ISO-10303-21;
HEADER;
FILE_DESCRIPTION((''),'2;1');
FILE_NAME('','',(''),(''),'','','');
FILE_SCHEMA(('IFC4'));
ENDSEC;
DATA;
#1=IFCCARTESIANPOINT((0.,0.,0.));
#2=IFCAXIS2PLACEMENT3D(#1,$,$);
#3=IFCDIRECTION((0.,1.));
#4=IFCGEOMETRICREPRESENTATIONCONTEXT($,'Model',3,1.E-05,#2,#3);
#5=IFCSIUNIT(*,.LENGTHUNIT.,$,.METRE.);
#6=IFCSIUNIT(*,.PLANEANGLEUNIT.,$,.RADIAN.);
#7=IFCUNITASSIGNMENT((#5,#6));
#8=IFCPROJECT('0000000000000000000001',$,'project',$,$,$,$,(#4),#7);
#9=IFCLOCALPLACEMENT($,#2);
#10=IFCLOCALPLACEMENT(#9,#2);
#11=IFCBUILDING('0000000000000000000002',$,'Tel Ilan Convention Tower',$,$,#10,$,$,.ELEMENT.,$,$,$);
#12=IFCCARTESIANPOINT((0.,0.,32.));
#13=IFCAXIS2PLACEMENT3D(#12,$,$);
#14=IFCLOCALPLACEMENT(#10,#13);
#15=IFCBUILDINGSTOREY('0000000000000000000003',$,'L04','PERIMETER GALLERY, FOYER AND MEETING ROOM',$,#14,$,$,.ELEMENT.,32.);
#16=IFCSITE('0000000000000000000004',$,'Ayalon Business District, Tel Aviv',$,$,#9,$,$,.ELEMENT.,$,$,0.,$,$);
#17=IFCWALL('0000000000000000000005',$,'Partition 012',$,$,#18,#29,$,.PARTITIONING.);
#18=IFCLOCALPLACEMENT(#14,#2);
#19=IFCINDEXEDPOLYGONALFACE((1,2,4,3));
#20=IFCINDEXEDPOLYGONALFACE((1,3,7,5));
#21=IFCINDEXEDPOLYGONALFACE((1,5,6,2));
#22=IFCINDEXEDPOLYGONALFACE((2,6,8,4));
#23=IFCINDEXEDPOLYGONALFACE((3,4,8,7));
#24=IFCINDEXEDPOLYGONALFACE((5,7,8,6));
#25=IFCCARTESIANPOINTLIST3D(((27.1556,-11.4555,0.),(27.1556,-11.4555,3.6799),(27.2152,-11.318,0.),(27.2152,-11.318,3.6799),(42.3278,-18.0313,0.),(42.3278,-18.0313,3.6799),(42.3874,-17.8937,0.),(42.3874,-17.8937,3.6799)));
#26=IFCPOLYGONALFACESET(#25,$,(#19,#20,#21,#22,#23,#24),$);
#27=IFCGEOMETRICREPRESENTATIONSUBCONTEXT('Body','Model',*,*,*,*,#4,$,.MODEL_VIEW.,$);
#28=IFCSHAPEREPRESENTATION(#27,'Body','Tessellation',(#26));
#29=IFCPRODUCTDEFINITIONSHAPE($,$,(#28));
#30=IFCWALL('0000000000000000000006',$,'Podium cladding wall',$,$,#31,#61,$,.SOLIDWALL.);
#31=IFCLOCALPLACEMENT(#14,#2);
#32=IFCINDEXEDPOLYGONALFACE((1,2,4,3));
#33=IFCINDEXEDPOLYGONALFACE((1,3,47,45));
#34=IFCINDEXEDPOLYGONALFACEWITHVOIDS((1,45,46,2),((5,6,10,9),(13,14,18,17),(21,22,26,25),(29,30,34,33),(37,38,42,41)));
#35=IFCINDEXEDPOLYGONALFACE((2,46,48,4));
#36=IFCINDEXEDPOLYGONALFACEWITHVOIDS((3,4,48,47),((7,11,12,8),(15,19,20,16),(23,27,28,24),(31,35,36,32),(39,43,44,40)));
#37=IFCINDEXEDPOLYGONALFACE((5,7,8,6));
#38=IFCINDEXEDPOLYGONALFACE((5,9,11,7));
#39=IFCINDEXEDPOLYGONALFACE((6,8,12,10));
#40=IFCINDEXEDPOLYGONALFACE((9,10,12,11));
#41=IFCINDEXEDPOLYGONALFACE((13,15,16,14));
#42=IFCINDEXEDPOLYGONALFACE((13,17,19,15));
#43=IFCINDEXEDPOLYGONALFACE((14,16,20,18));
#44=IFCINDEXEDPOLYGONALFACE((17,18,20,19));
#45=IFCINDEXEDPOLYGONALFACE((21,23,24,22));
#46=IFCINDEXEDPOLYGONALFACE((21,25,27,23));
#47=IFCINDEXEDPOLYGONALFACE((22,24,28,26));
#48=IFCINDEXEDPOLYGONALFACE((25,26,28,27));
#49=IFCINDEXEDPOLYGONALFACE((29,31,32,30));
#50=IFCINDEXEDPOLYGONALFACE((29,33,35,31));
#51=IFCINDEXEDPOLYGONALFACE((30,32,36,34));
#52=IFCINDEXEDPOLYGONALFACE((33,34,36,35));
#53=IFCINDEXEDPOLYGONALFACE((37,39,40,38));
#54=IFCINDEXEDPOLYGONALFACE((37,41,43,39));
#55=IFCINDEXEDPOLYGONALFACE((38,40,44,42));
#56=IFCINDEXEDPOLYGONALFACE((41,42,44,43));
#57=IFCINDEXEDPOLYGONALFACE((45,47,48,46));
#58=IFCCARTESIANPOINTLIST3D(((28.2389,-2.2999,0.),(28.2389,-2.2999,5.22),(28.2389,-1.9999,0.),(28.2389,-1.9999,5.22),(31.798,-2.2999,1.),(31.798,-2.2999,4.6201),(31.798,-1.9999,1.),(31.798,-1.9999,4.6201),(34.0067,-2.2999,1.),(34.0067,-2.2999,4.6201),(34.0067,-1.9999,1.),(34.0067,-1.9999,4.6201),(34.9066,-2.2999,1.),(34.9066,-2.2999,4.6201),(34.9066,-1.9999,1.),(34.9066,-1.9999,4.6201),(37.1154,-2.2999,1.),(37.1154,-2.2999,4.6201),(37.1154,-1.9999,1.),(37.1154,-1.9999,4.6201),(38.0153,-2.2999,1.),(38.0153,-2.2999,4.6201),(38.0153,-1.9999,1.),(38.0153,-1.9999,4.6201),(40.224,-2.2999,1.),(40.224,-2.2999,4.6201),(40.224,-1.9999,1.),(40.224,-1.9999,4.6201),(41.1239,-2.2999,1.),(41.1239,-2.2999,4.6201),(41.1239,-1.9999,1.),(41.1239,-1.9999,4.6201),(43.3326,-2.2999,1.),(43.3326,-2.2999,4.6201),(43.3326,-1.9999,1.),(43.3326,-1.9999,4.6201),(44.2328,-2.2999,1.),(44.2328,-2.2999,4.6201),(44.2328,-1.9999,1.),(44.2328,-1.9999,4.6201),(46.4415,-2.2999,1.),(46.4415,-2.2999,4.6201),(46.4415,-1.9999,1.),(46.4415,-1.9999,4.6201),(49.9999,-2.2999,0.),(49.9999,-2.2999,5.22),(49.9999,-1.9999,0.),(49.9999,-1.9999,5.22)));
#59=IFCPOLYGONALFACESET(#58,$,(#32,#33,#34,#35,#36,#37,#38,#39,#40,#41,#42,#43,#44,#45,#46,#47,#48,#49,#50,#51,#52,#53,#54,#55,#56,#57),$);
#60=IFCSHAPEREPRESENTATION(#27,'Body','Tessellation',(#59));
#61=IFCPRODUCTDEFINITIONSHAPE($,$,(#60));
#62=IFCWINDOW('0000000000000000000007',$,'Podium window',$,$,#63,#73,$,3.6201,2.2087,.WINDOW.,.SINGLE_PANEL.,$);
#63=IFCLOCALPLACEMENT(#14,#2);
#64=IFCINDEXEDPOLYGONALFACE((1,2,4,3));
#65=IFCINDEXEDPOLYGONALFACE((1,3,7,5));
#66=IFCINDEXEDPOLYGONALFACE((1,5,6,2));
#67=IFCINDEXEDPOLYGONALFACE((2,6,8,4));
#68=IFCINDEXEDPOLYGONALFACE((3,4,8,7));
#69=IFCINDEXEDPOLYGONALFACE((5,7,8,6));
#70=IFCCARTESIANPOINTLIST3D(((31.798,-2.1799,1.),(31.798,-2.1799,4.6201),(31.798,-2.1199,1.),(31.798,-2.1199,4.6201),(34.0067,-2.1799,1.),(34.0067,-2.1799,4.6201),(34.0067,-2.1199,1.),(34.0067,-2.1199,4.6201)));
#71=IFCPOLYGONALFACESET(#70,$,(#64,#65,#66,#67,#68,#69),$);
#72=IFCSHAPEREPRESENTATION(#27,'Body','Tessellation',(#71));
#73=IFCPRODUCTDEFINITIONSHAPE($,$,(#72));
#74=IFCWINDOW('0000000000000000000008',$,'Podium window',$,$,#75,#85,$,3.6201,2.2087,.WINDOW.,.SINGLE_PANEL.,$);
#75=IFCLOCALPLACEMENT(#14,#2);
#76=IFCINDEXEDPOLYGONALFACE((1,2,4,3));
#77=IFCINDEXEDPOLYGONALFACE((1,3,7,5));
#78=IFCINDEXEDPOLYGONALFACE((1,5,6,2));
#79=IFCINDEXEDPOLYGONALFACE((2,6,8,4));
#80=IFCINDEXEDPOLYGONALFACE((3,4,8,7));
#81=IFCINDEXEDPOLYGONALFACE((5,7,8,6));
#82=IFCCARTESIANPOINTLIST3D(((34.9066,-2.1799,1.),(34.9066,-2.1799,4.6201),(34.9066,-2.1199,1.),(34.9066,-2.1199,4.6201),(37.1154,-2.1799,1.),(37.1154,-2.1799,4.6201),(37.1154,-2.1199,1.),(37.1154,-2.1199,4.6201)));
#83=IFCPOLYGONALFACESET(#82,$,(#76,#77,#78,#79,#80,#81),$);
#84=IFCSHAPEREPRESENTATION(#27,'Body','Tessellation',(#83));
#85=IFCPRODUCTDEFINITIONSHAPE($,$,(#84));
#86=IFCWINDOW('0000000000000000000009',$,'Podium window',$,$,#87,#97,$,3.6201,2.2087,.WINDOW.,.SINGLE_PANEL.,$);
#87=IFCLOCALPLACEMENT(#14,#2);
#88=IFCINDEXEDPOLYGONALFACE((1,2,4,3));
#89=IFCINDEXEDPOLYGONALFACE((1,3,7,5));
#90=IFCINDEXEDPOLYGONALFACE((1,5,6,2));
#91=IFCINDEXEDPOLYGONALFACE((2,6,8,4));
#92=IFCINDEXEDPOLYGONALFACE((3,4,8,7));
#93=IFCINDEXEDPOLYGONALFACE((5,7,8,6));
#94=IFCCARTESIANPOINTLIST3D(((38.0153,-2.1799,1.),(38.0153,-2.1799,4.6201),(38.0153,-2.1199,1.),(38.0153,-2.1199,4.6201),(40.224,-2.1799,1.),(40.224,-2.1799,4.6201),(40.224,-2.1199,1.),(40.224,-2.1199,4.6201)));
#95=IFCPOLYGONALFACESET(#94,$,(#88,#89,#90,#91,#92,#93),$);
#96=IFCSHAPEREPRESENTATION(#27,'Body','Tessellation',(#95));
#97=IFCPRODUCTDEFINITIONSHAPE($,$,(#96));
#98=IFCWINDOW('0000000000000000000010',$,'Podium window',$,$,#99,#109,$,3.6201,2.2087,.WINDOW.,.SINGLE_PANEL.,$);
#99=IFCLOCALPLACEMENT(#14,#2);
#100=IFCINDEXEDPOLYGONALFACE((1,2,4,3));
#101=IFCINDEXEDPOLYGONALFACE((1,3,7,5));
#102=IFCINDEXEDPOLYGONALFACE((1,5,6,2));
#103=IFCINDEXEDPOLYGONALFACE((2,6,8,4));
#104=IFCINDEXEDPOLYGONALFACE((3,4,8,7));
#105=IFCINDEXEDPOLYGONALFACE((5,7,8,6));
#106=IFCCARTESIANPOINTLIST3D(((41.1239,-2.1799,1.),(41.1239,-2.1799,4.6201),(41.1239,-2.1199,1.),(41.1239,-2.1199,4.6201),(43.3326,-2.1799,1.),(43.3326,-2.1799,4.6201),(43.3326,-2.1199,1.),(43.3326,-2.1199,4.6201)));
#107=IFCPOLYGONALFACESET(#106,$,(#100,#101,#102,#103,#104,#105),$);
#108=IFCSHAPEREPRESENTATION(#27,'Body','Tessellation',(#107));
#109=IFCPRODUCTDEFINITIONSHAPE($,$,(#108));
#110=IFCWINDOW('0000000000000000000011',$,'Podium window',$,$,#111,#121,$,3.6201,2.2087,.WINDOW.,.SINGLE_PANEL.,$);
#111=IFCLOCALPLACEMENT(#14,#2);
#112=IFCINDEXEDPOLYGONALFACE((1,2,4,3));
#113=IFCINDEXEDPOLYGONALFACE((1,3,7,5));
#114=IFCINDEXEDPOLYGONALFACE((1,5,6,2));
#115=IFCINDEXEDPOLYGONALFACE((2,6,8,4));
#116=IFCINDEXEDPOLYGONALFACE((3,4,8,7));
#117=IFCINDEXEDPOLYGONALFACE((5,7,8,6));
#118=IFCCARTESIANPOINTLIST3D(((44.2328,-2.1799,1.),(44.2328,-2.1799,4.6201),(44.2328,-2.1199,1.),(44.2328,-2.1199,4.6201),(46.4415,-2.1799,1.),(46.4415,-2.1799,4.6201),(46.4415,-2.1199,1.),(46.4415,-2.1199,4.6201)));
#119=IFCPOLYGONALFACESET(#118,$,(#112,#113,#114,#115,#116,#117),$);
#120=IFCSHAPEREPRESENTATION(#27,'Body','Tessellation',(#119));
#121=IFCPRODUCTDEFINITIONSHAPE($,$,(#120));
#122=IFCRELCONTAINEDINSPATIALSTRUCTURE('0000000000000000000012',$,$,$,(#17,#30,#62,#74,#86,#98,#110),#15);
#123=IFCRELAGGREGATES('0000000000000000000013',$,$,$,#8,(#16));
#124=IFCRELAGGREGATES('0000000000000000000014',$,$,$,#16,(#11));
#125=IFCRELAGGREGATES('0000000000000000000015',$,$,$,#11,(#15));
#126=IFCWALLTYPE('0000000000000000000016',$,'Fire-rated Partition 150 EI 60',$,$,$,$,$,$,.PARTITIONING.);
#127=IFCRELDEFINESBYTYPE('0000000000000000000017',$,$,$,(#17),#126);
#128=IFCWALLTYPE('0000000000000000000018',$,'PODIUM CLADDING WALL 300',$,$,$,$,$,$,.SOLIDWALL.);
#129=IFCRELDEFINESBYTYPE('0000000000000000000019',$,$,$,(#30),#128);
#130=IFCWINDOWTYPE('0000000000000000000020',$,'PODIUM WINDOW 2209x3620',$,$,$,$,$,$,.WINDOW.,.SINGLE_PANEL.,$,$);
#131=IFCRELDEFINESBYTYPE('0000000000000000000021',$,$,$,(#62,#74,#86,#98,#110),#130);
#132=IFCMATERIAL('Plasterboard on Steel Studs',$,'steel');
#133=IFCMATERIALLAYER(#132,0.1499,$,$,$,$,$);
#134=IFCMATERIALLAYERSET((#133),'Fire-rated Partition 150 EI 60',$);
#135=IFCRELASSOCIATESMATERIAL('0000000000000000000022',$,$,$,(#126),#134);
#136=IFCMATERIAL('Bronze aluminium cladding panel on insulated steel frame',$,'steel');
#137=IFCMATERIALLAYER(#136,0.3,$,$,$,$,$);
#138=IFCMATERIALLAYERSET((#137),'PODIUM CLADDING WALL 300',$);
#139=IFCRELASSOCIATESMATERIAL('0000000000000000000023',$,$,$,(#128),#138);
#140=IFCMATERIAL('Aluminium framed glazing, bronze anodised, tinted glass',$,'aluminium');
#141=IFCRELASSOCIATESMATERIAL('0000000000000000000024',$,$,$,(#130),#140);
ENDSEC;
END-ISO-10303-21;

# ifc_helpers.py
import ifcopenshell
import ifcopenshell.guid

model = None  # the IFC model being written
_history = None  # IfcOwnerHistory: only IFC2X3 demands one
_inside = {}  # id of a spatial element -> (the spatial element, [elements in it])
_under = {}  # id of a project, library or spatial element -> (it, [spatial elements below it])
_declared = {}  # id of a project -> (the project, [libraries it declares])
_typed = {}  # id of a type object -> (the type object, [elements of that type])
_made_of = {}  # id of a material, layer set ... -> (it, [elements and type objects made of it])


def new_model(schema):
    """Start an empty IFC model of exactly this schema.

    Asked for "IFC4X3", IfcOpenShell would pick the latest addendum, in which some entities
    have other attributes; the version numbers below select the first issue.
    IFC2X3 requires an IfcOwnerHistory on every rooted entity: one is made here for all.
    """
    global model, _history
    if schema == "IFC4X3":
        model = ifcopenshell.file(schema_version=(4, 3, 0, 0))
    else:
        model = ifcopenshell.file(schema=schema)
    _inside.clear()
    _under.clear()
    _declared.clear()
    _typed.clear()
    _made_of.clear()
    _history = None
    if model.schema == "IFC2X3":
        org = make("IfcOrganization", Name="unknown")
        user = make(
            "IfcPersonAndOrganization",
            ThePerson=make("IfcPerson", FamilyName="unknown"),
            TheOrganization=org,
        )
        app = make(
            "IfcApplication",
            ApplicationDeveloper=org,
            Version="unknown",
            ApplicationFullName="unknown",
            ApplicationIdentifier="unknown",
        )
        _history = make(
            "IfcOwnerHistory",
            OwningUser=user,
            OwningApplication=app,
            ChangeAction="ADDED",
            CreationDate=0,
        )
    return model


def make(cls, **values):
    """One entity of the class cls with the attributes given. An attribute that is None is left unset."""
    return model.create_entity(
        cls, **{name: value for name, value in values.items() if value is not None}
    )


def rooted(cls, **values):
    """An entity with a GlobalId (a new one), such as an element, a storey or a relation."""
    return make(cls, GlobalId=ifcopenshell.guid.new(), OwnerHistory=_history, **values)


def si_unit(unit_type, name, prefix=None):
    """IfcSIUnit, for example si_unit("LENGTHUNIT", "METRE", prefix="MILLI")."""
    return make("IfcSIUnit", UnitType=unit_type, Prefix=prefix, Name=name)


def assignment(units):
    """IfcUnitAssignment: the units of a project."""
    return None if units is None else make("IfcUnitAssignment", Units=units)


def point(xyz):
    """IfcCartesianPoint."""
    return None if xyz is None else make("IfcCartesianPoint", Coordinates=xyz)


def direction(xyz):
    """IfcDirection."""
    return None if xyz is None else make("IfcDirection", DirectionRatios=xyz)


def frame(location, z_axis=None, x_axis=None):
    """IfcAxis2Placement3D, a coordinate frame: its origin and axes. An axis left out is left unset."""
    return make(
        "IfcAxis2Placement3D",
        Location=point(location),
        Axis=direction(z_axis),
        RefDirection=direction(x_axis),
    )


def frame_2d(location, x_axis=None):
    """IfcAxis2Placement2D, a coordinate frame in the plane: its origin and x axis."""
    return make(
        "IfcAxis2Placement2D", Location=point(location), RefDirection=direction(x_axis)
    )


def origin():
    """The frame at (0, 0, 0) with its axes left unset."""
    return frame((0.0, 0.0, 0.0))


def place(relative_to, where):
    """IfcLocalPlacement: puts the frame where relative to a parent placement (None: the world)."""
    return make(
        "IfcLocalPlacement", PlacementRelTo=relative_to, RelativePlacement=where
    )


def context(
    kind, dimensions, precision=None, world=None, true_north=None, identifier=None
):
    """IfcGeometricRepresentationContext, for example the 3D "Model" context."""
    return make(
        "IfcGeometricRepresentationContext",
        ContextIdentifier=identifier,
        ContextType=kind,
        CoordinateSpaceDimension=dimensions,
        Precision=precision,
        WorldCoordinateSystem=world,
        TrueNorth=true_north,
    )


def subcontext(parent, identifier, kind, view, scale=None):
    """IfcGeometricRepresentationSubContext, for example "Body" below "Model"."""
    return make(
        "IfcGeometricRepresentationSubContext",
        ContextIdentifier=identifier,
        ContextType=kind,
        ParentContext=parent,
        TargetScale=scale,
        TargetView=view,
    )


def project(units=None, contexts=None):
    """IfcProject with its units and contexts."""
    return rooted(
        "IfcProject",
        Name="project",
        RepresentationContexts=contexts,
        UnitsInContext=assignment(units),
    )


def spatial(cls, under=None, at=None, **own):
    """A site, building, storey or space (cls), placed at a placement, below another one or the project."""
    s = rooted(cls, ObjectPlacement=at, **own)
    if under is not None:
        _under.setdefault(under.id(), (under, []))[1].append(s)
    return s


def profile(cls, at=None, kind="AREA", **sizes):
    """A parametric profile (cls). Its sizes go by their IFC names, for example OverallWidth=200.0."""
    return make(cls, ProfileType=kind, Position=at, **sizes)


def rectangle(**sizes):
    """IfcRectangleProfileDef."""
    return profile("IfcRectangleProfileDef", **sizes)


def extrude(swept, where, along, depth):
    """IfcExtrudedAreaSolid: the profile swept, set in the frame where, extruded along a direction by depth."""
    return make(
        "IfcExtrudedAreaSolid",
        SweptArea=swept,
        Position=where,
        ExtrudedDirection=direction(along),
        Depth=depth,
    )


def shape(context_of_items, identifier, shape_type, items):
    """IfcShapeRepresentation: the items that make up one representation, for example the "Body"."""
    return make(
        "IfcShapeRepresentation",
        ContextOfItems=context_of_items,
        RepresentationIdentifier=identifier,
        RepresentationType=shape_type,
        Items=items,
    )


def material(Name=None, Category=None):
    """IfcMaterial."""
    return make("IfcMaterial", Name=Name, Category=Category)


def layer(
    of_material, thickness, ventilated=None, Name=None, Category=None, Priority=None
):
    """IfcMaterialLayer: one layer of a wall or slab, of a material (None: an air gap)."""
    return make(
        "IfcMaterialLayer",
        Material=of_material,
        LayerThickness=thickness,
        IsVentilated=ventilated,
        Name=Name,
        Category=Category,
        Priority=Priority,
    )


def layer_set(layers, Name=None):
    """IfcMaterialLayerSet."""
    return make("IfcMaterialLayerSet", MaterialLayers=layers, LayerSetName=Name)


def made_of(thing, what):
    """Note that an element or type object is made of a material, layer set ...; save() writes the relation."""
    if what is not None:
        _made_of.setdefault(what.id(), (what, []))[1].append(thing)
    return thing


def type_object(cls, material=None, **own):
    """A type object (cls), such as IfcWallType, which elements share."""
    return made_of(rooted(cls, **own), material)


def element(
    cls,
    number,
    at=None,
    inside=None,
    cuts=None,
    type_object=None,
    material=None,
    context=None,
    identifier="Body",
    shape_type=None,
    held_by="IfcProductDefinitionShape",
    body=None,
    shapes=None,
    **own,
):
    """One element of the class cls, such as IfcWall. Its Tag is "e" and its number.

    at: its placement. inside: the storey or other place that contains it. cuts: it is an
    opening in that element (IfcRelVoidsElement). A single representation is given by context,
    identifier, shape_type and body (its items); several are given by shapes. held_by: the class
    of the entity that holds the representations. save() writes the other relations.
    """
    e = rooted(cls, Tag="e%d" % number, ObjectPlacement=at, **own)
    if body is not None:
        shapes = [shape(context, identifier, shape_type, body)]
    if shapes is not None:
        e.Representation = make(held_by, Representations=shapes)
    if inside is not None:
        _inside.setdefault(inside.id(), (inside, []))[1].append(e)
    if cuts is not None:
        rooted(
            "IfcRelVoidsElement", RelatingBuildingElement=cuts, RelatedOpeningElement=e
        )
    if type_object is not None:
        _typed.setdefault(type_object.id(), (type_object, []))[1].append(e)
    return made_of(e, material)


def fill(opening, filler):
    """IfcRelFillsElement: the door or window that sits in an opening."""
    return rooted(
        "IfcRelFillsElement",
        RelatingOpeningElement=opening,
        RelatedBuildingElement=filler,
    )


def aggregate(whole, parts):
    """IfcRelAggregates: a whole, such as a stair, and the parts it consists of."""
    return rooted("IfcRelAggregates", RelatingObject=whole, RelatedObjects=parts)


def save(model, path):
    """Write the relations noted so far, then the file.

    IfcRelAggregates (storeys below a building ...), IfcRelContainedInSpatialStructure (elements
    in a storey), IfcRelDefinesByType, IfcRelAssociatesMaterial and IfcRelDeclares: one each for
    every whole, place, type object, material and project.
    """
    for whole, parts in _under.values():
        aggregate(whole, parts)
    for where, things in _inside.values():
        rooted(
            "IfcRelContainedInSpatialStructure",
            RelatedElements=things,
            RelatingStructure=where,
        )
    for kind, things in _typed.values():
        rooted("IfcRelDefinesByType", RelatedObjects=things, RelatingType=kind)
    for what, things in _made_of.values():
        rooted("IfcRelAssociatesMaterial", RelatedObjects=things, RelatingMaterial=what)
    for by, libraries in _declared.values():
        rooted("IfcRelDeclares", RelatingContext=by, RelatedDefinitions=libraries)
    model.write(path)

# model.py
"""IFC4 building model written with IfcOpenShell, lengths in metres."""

from ifc_helpers import new_model, si_unit, direction, frame, frame_2d, origin, place, context, subcontext, project, spatial, rectangle, extrude, material, layer, layer_set, type_object, element, fill, save


model = new_model("IFC4")

# Units and contexts
model_context = context("Model", 3, precision=1e-05, world=origin(), true_north=direction((0.0, 1.0)))
body_context = subcontext(model_context, "Body", "Model", "MODEL_VIEW")
ifc_project = project(units=[si_unit("LENGTHUNIT", "METRE"), si_unit("PLANEANGLEUNIT", "RADIAN")], contexts=[model_context])

# Site, building, storey
site_placement = place(None, origin())
site = spatial("IfcSite", under=ifc_project, at=site_placement, Name="Ayalon Business District, Tel Aviv", CompositionType="ELEMENT", RefElevation=0.0)
building_placement = place(site_placement, origin())
building = spatial("IfcBuilding", under=site, at=building_placement, Name="Tel Ilan Convention Tower", CompositionType="ELEMENT")
storey_placement = place(building_placement, frame((0.0, 0.0, 32.0)))
storey = spatial("IfcBuildingStorey", under=building, at=storey_placement, Name="L04", Description="PERIMETER GALLERY, FOYER AND MEETING ROOM", CompositionType="ELEMENT", Elevation=32.0)

# Wall
ifc_material_1 = material(Name="Plasterboard on Steel Studs", Category="steel")
ifc_layer_1 = layer(ifc_material_1, 0.1499)
ifc_layer_set_1 = layer_set([ifc_layer_1], Name="Fire-rated Partition 150 EI 60")
wall_type_1 = type_object("IfcWallType", Name="Fire-rated Partition 150 EI 60", PredefinedType="PARTITIONING", material=ifc_layer_set_1)
wall_1_placement = place(storey_placement, frame((27.1853, -11.3867, 0.0), z_axis=(0.0, 0.0, 1.0), x_axis=(0.917531, -0.397663, 0.0)))
element("IfcWall", 1, at=wall_1_placement, inside=storey, type_object=wall_type_1, Name="Partition 012", PredefinedType="PARTITIONING", context=body_context, shape_type="SweptSolid", body=[
    extrude(rectangle(XDim=16.5359, YDim=0.1499, at=frame_2d((8.2681, 0.0))), origin(), (0.0, 0.0, 1.0), 3.6799),
])

# Wall, openings, windows
ifc_material_2 = material(Name="Bronze aluminium cladding panel on insulated steel frame", Category="steel")
ifc_layer_2 = layer(ifc_material_2, 0.3)
ifc_layer_set_2 = layer_set([ifc_layer_2], Name="PODIUM CLADDING WALL 300")
wall_type_2 = type_object("IfcWallType", Name="PODIUM CLADDING WALL 300", PredefinedType="SOLIDWALL", material=ifc_layer_set_2)
wall_2_placement = place(storey_placement, frame((28.239, -2.1499, 0.0), z_axis=(0.0, 0.0, 1.0), x_axis=(1.0, 0.0, 0.0)))
wall_2 = element("IfcWall", 2, at=wall_2_placement, inside=storey, type_object=wall_type_2, Name="Podium cladding wall", PredefinedType="SOLIDWALL", context=body_context, shape_type="SweptSolid", body=[
    extrude(rectangle(XDim=21.761, YDim=0.3, at=frame_2d((10.8804, 0.0))), origin(), (0.0, 0.0, 1.0), 5.22),
])
opening_1_placement = place(wall_2_placement, frame((3.5588, 0.0, 1.0)))
opening_1 = element("IfcOpeningElement", 3, at=opening_1_placement, cuts=wall_2, PredefinedType="OPENING", context=body_context, shape_type="SweptSolid", body=[
    extrude(rectangle(XDim=2.2087, YDim=3.6201, at=frame_2d((1.1045, 1.8101))), frame((0.0, 0.1599, 0.0), z_axis=(0.0, -1.0, 0.0), x_axis=(1.0, 0.0, 0.0)), (0.0, 0.0, 1.0), 0.3201),
])
opening_2_placement = place(wall_2_placement, frame((6.6675, 0.0, 1.0)))
opening_2 = element("IfcOpeningElement", 4, at=opening_2_placement, cuts=wall_2, PredefinedType="OPENING", context=body_context, shape_type="SweptSolid", body=[
    extrude(rectangle(XDim=2.2087, YDim=3.6201, at=frame_2d((1.1045, 1.8101))), frame((0.0, 0.1599, 0.0), z_axis=(0.0, -1.0, 0.0), x_axis=(1.0, 0.0, 0.0)), (0.0, 0.0, 1.0), 0.3201),
])
opening_3_placement = place(wall_2_placement, frame((9.7761, 0.0, 1.0)))
opening_3 = element("IfcOpeningElement", 5, at=opening_3_placement, cuts=wall_2, PredefinedType="OPENING", context=body_context, shape_type="SweptSolid", body=[
    extrude(rectangle(XDim=2.2087, YDim=3.6201, at=frame_2d((1.1045, 1.8101))), frame((0.0, 0.1599, 0.0), z_axis=(0.0, -1.0, 0.0), x_axis=(1.0, 0.0, 0.0)), (0.0, 0.0, 1.0), 0.3201),
])
opening_4_placement = place(wall_2_placement, frame((12.8848, 0.0, 1.0)))
opening_4 = element("IfcOpeningElement", 6, at=opening_4_placement, cuts=wall_2, PredefinedType="OPENING", context=body_context, shape_type="SweptSolid", body=[
    extrude(rectangle(XDim=2.2087, YDim=3.6201, at=frame_2d((1.1045, 1.8101))), frame((0.0, 0.1599, 0.0), z_axis=(0.0, -1.0, 0.0), x_axis=(1.0, 0.0, 0.0)), (0.0, 0.0, 1.0), 0.3201),
])
opening_5_placement = place(wall_2_placement, frame((15.9937, 0.0, 1.0)))
opening_5 = element("IfcOpeningElement", 7, at=opening_5_placement, cuts=wall_2, PredefinedType="OPENING", context=body_context, shape_type="SweptSolid", body=[
    extrude(rectangle(XDim=2.2087, YDim=3.6201, at=frame_2d((1.1045, 1.8101))), frame((0.0, 0.1599, 0.0), z_axis=(0.0, -1.0, 0.0), x_axis=(1.0, 0.0, 0.0)), (0.0, 0.0, 1.0), 0.3201),
])
ifc_material_3 = material(Name="Aluminium framed glazing, bronze anodised, tinted glass", Category="aluminium")
window_type = type_object("IfcWindowType", Name="PODIUM WINDOW 2209x3620", PartitioningType="SINGLE_PANEL", PredefinedType="WINDOW", material=ifc_material_3)
window_1_placement = place(opening_1_placement, origin())
window_1 = element("IfcWindow", 8, at=window_1_placement, inside=storey, type_object=window_type, Name="Podium window", OverallHeight=3.6201, OverallWidth=2.2087, PartitioningType="SINGLE_PANEL", PredefinedType="WINDOW", context=body_context, shape_type="SweptSolid", body=[
    extrude(rectangle(XDim=2.2087, YDim=3.6201, at=frame_2d((1.1045, 1.8101))), frame((0.0, 0.03, 0.0), z_axis=(0.0, -1.0, 0.0), x_axis=(1.0, 0.0, 0.0)), (0.0, 0.0, 1.0), 0.0601),
])
fill(opening_1, window_1)
window_2_placement = place(opening_2_placement, origin())
window_2 = element("IfcWindow", 9, at=window_2_placement, inside=storey, type_object=window_type, Name="Podium window", OverallHeight=3.6201, OverallWidth=2.2087, PartitioningType="SINGLE_PANEL", PredefinedType="WINDOW", context=body_context, shape_type="SweptSolid", body=[
    extrude(rectangle(XDim=2.2087, YDim=3.6201, at=frame_2d((1.1045, 1.8101))), frame((0.0, 0.03, 0.0), z_axis=(0.0, -1.0, 0.0), x_axis=(1.0, 0.0, 0.0)), (0.0, 0.0, 1.0), 0.0601),
])
fill(opening_2, window_2)
window_3_placement = place(opening_3_placement, origin())
window_3 = element("IfcWindow", 10, at=window_3_placement, inside=storey, type_object=window_type, Name="Podium window", OverallHeight=3.6201, OverallWidth=2.2087, PartitioningType="SINGLE_PANEL", PredefinedType="WINDOW", context=body_context, shape_type="SweptSolid", body=[
    extrude(rectangle(XDim=2.2087, YDim=3.6201, at=frame_2d((1.1045, 1.8101))), frame((0.0, 0.03, 0.0), z_axis=(0.0, -1.0, 0.0), x_axis=(1.0, 0.0, 0.0)), (0.0, 0.0, 1.0), 0.0601),
])
fill(opening_3, window_3)
window_4_placement = place(opening_4_placement, origin())
window_4 = element("IfcWindow", 11, at=window_4_placement, inside=storey, type_object=window_type, Name="Podium window", OverallHeight=3.6201, OverallWidth=2.2087, PartitioningType="SINGLE_PANEL", PredefinedType="WINDOW", context=body_context, shape_type="SweptSolid", body=[
    extrude(rectangle(XDim=2.2087, YDim=3.6201, at=frame_2d((1.1045, 1.8101))), frame((0.0, 0.03, 0.0), z_axis=(0.0, -1.0, 0.0), x_axis=(1.0, 0.0, 0.0)), (0.0, 0.0, 1.0), 0.0601),
])
fill(opening_4, window_4)
window_5_placement = place(opening_5_placement, origin())
window_5 = element("IfcWindow", 12, at=window_5_placement, inside=storey, type_object=window_type, Name="Podium window", OverallHeight=3.6201, OverallWidth=2.2087, PartitioningType="SINGLE_PANEL", PredefinedType="WINDOW", context=body_context, shape_type="SweptSolid", body=[
    extrude(rectangle(XDim=2.2087, YDim=3.6201, at=frame_2d((1.1045, 1.8101))), frame((0.0, 0.03, 0.0), z_axis=(0.0, -1.0, 0.0), x_axis=(1.0, 0.0, 0.0)), (0.0, 0.0, 1.0), 0.0601),
])
fill(opening_5, window_5)

save(model, "model.ifc")
